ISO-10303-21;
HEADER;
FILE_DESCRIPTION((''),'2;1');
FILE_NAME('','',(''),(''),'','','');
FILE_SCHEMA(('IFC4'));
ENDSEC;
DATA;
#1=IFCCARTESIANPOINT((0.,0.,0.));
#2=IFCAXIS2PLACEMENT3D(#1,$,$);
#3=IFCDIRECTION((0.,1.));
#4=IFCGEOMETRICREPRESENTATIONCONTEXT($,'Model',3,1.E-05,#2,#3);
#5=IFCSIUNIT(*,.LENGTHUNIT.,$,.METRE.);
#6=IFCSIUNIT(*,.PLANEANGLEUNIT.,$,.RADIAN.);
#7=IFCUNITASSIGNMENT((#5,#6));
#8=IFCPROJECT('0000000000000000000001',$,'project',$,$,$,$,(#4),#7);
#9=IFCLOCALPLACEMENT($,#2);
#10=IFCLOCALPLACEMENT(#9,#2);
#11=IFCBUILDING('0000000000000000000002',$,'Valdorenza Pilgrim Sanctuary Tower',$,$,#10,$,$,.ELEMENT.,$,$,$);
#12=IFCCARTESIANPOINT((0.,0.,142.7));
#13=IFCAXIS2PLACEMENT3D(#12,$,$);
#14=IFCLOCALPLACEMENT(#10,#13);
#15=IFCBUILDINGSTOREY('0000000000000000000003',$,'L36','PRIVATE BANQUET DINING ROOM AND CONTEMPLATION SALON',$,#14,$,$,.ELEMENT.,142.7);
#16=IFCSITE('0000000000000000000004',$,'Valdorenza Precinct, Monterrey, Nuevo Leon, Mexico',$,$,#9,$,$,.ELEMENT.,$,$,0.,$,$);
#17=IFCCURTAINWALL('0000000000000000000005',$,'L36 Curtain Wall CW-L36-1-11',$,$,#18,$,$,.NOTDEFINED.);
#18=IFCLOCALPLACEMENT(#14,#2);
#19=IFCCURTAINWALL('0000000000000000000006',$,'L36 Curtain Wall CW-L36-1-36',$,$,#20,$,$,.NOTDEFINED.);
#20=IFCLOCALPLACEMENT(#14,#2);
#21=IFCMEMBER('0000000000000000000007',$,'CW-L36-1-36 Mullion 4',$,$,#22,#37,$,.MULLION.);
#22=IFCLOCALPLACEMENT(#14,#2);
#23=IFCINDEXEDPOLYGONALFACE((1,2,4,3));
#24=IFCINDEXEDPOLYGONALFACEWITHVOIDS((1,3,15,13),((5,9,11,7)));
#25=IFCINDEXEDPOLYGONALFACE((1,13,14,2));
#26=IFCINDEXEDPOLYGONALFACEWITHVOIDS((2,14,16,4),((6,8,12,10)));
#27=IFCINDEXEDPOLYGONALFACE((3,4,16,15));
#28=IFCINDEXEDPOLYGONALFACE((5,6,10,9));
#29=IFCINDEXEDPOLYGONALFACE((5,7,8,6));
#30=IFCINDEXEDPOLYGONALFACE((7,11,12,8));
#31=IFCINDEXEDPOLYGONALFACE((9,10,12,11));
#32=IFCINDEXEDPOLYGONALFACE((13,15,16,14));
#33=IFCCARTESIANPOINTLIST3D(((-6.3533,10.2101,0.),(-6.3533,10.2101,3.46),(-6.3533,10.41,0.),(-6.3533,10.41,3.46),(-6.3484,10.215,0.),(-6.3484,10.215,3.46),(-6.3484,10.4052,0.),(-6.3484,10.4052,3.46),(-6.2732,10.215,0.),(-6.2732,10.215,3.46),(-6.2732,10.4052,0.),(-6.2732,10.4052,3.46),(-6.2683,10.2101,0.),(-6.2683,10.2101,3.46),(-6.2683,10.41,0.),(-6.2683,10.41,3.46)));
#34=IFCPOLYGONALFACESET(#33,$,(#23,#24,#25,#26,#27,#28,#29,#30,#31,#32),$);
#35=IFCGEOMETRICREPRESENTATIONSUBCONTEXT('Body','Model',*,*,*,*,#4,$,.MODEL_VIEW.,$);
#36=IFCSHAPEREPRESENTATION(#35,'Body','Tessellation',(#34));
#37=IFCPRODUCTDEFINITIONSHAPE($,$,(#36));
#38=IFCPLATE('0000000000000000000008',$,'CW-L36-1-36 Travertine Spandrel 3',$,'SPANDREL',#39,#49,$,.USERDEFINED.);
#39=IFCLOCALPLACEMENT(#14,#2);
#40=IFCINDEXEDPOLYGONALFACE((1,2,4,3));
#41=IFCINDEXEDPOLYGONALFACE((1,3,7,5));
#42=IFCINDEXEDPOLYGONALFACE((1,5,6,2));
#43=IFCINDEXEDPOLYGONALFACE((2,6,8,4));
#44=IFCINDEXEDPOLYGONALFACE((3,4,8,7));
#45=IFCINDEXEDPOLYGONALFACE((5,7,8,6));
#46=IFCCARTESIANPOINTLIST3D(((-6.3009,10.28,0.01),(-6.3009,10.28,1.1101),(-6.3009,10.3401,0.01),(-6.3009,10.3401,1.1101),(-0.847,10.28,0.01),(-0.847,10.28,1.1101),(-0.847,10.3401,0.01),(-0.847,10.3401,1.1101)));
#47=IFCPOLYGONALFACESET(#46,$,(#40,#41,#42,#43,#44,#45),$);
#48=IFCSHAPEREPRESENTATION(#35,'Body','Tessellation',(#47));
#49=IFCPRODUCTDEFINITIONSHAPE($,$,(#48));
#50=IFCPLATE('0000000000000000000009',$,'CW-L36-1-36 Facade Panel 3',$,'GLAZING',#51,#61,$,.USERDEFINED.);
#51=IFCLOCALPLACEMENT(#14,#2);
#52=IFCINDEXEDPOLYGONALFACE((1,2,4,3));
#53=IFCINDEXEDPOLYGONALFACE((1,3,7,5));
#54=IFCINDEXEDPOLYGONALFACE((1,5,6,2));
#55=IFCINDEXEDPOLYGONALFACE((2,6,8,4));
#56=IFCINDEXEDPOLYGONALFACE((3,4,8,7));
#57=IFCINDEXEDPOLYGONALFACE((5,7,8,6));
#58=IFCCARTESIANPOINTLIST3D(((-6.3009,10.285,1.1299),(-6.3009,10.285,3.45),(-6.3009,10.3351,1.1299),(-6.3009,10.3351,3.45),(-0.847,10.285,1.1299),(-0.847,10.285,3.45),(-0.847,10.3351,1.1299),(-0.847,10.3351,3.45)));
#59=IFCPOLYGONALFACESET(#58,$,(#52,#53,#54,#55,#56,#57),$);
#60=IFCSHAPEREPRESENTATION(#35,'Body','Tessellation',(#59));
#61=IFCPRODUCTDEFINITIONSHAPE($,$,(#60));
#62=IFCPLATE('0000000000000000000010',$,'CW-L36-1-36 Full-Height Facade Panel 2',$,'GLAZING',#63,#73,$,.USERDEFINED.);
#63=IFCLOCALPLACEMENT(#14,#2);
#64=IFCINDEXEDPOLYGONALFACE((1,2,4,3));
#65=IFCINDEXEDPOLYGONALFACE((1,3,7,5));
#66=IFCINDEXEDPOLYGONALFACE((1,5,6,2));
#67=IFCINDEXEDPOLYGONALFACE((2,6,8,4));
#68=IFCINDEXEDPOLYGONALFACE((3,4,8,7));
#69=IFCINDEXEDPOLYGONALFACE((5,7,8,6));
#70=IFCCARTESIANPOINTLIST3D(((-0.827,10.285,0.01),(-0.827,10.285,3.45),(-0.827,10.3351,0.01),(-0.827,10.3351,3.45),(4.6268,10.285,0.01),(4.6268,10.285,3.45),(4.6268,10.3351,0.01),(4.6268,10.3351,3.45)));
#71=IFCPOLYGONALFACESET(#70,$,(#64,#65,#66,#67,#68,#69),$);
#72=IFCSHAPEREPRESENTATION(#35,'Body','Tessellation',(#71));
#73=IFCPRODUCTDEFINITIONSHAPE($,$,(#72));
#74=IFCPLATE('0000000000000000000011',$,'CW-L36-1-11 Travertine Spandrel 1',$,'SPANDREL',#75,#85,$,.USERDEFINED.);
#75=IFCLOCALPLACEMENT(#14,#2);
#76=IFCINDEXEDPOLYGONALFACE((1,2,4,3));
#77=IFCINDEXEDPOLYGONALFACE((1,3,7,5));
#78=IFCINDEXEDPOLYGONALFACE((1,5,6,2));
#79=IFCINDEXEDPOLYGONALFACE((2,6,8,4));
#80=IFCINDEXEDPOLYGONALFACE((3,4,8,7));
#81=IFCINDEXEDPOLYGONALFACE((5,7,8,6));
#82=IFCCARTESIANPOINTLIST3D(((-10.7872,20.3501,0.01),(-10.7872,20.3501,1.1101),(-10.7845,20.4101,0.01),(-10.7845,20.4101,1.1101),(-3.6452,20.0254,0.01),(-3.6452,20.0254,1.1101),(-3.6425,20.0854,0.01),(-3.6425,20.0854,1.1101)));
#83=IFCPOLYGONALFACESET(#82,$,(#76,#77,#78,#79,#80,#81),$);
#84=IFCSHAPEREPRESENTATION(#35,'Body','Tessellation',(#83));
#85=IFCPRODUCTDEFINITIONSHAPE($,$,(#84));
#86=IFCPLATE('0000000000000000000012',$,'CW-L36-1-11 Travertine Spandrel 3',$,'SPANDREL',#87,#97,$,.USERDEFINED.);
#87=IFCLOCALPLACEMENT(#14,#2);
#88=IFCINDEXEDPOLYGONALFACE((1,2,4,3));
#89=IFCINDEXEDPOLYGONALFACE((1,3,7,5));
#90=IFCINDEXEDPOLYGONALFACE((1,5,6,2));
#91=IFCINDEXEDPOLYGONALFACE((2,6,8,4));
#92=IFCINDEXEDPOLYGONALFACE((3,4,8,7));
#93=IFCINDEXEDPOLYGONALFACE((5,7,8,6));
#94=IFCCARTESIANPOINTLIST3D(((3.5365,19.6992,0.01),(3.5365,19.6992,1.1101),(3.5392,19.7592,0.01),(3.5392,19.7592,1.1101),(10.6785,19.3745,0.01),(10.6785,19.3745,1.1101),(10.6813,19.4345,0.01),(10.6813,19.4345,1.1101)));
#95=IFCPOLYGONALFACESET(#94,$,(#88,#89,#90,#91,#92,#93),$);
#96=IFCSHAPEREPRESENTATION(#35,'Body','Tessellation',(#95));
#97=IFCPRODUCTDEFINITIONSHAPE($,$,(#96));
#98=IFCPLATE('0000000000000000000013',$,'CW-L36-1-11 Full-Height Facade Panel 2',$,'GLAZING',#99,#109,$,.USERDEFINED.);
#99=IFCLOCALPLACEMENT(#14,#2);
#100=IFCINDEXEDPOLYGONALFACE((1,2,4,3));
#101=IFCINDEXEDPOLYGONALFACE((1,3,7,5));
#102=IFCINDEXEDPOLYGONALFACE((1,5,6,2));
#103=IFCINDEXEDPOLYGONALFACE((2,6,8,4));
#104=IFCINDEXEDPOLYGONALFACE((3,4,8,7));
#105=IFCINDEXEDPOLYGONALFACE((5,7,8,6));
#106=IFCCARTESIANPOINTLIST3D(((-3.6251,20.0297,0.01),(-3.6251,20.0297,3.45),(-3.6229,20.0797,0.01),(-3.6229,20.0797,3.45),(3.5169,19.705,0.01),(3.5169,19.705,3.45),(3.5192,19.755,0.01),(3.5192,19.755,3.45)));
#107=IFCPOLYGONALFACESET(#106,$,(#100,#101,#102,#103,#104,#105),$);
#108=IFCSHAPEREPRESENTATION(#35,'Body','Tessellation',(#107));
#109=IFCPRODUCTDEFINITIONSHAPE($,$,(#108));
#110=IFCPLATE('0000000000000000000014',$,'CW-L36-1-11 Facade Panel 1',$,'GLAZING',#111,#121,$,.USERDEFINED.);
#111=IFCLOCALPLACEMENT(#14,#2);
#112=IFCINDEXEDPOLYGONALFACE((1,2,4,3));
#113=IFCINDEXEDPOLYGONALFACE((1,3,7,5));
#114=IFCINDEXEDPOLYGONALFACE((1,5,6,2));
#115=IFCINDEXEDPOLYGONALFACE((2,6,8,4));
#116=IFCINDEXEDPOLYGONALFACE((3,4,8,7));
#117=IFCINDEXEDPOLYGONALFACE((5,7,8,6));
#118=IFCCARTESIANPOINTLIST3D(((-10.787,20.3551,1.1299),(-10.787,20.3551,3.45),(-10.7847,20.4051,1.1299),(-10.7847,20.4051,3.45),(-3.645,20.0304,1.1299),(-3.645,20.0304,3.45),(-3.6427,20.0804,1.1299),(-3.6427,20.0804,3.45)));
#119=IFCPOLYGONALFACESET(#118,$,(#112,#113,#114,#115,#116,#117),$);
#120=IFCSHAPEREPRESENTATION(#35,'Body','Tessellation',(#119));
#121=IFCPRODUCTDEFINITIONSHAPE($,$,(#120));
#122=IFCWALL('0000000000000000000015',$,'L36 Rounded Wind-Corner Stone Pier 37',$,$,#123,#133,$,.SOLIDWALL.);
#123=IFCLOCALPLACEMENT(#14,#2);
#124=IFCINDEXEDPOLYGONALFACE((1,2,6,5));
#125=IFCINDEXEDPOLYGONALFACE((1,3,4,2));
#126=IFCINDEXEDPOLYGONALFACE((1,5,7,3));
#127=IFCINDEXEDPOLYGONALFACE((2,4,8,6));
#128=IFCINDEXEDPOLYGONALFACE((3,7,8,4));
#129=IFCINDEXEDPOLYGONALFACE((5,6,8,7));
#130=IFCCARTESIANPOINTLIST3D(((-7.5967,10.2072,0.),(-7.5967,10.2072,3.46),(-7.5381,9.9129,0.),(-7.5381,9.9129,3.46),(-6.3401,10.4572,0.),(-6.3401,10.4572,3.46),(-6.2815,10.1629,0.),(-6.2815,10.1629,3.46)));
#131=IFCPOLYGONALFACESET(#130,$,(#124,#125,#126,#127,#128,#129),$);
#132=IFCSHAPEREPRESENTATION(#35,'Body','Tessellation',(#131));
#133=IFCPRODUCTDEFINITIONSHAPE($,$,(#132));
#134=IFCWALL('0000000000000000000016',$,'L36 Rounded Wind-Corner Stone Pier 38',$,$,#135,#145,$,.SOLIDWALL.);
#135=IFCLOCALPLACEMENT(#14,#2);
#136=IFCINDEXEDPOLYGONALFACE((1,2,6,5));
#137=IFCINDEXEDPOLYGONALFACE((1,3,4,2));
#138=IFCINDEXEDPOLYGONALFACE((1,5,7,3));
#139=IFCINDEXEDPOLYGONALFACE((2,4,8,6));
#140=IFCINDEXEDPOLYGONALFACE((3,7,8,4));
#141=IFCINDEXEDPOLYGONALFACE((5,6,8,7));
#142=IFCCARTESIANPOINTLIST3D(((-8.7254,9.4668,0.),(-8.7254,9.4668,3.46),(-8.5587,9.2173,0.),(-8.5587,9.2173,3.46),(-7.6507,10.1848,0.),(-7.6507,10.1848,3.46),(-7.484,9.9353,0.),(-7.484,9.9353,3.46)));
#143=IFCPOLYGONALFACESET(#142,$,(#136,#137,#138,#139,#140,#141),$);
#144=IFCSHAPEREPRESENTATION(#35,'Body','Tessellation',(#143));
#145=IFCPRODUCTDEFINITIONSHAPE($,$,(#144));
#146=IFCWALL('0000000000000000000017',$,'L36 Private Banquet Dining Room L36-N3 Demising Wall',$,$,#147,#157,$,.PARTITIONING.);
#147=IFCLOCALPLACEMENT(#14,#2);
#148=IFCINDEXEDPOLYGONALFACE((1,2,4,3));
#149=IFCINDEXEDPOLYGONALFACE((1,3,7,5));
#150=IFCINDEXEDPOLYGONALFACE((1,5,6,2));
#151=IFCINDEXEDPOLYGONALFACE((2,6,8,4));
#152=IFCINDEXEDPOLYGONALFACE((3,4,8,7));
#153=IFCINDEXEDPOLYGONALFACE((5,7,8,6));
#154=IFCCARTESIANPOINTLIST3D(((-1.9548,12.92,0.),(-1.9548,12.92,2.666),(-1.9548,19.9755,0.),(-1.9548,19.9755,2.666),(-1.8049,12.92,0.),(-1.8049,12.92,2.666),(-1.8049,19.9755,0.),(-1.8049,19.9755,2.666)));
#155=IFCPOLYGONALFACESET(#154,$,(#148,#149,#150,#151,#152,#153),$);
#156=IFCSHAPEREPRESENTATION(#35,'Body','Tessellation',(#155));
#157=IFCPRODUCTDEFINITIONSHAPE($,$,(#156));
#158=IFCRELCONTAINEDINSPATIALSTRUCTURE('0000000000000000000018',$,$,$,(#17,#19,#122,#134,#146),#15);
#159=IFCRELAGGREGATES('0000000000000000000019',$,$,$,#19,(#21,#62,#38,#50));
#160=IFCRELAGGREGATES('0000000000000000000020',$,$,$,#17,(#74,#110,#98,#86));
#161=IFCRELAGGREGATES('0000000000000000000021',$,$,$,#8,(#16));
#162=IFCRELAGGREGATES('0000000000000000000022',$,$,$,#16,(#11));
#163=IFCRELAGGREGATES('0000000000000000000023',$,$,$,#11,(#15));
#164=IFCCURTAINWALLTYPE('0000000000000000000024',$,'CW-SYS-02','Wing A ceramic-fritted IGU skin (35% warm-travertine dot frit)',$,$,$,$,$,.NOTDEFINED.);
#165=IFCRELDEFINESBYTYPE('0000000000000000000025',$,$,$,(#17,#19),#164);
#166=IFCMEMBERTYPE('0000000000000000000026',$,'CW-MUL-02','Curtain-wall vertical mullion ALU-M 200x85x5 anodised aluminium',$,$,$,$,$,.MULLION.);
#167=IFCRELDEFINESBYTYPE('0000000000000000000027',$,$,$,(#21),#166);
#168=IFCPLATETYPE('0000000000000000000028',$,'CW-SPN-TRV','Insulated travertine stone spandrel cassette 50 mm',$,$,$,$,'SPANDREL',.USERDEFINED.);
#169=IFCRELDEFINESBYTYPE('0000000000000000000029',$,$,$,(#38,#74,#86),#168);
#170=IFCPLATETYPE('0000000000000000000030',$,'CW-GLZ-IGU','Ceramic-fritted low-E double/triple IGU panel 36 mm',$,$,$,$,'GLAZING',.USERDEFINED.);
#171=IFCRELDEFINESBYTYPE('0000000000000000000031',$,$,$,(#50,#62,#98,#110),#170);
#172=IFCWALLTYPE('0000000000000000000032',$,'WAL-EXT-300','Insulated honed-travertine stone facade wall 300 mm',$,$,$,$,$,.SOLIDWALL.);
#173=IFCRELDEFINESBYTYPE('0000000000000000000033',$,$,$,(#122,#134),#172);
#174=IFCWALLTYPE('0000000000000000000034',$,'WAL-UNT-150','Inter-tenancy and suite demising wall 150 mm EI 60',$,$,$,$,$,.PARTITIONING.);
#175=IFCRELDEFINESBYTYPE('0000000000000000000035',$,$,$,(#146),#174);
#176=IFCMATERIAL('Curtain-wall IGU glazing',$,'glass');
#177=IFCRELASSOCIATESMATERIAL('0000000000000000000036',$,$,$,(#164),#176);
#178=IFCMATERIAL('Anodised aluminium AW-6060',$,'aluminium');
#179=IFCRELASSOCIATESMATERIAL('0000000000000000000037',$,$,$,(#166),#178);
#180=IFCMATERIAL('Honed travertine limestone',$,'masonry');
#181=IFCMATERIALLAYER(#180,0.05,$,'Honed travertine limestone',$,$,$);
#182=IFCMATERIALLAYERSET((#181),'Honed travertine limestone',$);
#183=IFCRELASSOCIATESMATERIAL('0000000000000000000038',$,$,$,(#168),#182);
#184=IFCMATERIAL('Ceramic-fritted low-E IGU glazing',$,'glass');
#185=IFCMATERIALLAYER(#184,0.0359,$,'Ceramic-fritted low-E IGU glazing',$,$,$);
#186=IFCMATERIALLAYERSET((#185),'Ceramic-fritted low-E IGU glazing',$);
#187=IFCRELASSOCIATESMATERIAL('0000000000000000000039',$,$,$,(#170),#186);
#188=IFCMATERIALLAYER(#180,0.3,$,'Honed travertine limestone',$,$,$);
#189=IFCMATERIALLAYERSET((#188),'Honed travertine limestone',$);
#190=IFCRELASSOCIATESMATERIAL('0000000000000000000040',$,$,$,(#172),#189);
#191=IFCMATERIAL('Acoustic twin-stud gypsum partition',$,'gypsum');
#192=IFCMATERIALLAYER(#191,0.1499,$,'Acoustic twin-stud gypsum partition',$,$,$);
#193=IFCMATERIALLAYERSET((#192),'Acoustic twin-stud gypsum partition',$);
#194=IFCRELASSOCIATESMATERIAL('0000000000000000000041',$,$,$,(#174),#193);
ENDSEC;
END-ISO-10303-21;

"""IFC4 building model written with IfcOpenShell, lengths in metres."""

from ifc_helpers import new_model, si_unit, direction, frame, frame_2d, origin, origin_2d, place, context, subcontext, project, spatial, rectangle, hollow_rectangle, extrude, source, transform, mapped, material, layer, layer_set, material_profile, profile_set, type_object, element, aggregate, save


model = new_model("IFC4")

# Units and contexts
model_context = context("Model", 3, precision=1e-05, world=origin(), true_north=direction((0.0, 1.0)))
body_context = subcontext(model_context, "Body", "Model", "MODEL_VIEW")
ifc_project = project(units=[si_unit("LENGTHUNIT", "METRE"), si_unit("PLANEANGLEUNIT", "RADIAN")], contexts=[model_context])

# Site, building, storey
site_placement = place(None, origin())
site = spatial("IfcSite", under=ifc_project, at=site_placement, Name="Valdorenza Precinct, Monterrey, Nuevo Leon, Mexico", CompositionType="ELEMENT", RefElevation=0.0)
building_placement = place(site_placement, origin())
building = spatial("IfcBuilding", under=site, at=building_placement, Name="Valdorenza Pilgrim Sanctuary Tower", CompositionType="ELEMENT")
storey_placement = place(building_placement, frame((0.0, 0.0, 142.7)))
storey = spatial("IfcBuildingStorey", under=building, at=storey_placement, Name="L36", Description="PRIVATE BANQUET DINING ROOM AND CONTEMPLATION SALON", CompositionType="ELEMENT", Elevation=142.7)

# Curtain wall
ifc_material_1 = material(Name="Curtain-wall IGU glazing", Category="glass")
curtain_wall_type = type_object("IfcCurtainWallType", Name="CW-SYS-02", Description="Wing A ceramic-fritted IGU skin (35% warm-travertine dot frit)", PredefinedType="NOTDEFINED", material=ifc_material_1)
curtain_wall_1_placement = place(storey_placement, origin())
curtain_wall_1 = element("IfcCurtainWall", 1, at=curtain_wall_1_placement, inside=storey, type_object=curtain_wall_type, Name="L36 Curtain Wall CW-L36-1-11", PredefinedType="NOTDEFINED")
ifc_material_2 = material(Name="Anodised aluminium AW-6060", Category="aluminium")
ifc_material_profile_1 = material_profile(ifc_material_2, hollow_rectangle(XDim=0.085, YDim=0.2, WallThickness=0.0049, at=origin_2d()), Name="ALU-M 200x85x5")
ifc_profile_set_1 = profile_set([ifc_material_profile_1], Name="Anodised aluminium AW-6060")
member_type = type_object("IfcMemberType", Name="CW-MUL-02", Description="Curtain-wall vertical mullion ALU-M 200x85x5 anodised aluminium", PredefinedType="MULLION", material=ifc_profile_set_1)
shared_shape_1 = source(origin(), body_context, "Body", "SweptSolid", [
    extrude(hollow_rectangle(XDim=0.085, YDim=0.2, WallThickness=0.0049, at=origin_2d()), origin(), (0.0, 0.0, 1.0), 3.46),
])

# Curtain wall, member, plates
curtain_wall_2_placement = place(storey_placement, origin())
curtain_wall_2 = element("IfcCurtainWall", 2, at=curtain_wall_2_placement, inside=storey, type_object=curtain_wall_type, Name="L36 Curtain Wall CW-L36-1-36", PredefinedType="NOTDEFINED")
member_1_placement = place(storey_placement, frame((-6.3108, 10.3101, 0.0), z_axis=(0.0, 0.0, 1.0), x_axis=(-1.0, 0.0, 0.0)))
member_1 = element("IfcMember", 3, at=member_1_placement, type_object=member_type, Name="CW-L36-1-36 Mullion 4", PredefinedType="MULLION", context=body_context, shape_type="MappedRepresentation", body=[
    mapped(shared_shape_1, transform((0.0, 0.0, 0.0), x_axis=(1.0, 0.0, 0.0), y_axis=(0.0, 1.0, 0.0), z_axis=(0.0, 0.0, 1.0), scale=1.0)),
])
ifc_material_3 = material(Name="Honed travertine limestone", Category="masonry")
ifc_layer_1 = layer(ifc_material_3, 0.05, Name="Honed travertine limestone")
ifc_layer_set_1 = layer_set([ifc_layer_1], Name="Honed travertine limestone")
plate_type_1 = type_object("IfcPlateType", Name="CW-SPN-TRV", Description="Insulated travertine stone spandrel cassette 50 mm", ElementType="SPANDREL", PredefinedType="USERDEFINED", material=ifc_layer_set_1)
shared_shape_2 = source(origin(), body_context, "Body", "SweptSolid", [
    extrude(rectangle(XDim=5.4539, YDim=0.0601, at=origin_2d()), origin(), (0.0, 0.0, 1.0), 1.1001),
])
plate_1_placement = place(storey_placement, frame((-3.574, 10.3101, 0.01), z_axis=(0.0, 0.0, 1.0), x_axis=(-1.0, 0.0, 0.0)))
plate_1 = element("IfcPlate", 4, at=plate_1_placement, type_object=plate_type_1, Name="CW-L36-1-36 Travertine Spandrel 3", ObjectType="SPANDREL", PredefinedType="USERDEFINED", context=body_context, shape_type="MappedRepresentation", body=[
    mapped(shared_shape_2, transform((0.0, 0.0, 0.0), x_axis=(1.0, 0.0, 0.0), y_axis=(0.0, 1.0, 0.0), z_axis=(0.0, 0.0, 1.0), scale=1.0)),
])
ifc_material_4 = material(Name="Ceramic-fritted low-E IGU glazing", Category="glass")
ifc_layer_2 = layer(ifc_material_4, 0.0359, Name="Ceramic-fritted low-E IGU glazing")
ifc_layer_set_2 = layer_set([ifc_layer_2], Name="Ceramic-fritted low-E IGU glazing")
plate_type_2 = type_object("IfcPlateType", Name="CW-GLZ-IGU", Description="Ceramic-fritted low-E double/triple IGU panel 36 mm", ElementType="GLAZING", PredefinedType="USERDEFINED", material=ifc_layer_set_2)
shared_shape_3 = source(origin(), body_context, "Body", "SweptSolid", [
    extrude(rectangle(XDim=5.4539, YDim=0.05, at=origin_2d()), origin(), (0.0, 0.0, 1.0), 2.3201),
])
plate_2_placement = place(storey_placement, frame((-3.574, 10.3101, 1.1299), z_axis=(0.0, 0.0, 1.0), x_axis=(-1.0, 0.0, 0.0)))
plate_2 = element("IfcPlate", 5, at=plate_2_placement, type_object=plate_type_2, Name="CW-L36-1-36 Facade Panel 3", ObjectType="GLAZING", PredefinedType="USERDEFINED", context=body_context, shape_type="MappedRepresentation", body=[
    mapped(shared_shape_3, transform((0.0, 0.0, 0.0), x_axis=(1.0, 0.0, 0.0), y_axis=(0.0, 1.0, 0.0), z_axis=(0.0, 0.0, 1.0), scale=1.0)),
])
shared_shape_4 = source(origin(), body_context, "Body", "SweptSolid", [
    extrude(rectangle(XDim=5.4539, YDim=0.05, at=origin_2d()), origin(), (0.0, 0.0, 1.0), 3.4399),
])
plate_3_placement = place(storey_placement, frame((1.8999, 10.3101, 0.01), z_axis=(0.0, 0.0, 1.0), x_axis=(-1.0, 0.0, 0.0)))
plate_3 = element("IfcPlate", 6, at=plate_3_placement, type_object=plate_type_2, Name="CW-L36-1-36 Full-Height Facade Panel 2", ObjectType="GLAZING", PredefinedType="USERDEFINED", context=body_context, shape_type="MappedRepresentation", body=[
    mapped(shared_shape_4, transform((0.0, 0.0, 0.0), x_axis=(1.0, 0.0, 0.0), y_axis=(0.0, 1.0, 0.0), z_axis=(0.0, 0.0, 1.0), scale=1.0)),
])
aggregate(curtain_wall_2, [member_1, plate_3, plate_1, plate_2])

# Plates
shared_shape_5 = source(origin(), body_context, "Body", "SweptSolid", [
    extrude(rectangle(XDim=7.1494, YDim=0.0601, at=origin_2d()), origin(), (0.0, 0.0, 1.0), 1.1001),
])
plate_4_placement = place(storey_placement, frame((-7.2148, 20.2178, 0.01), z_axis=(0.0, 0.0, 1.0), x_axis=(0.998968, -0.045415, 0.0)))
plate_4 = element("IfcPlate", 7, at=plate_4_placement, type_object=plate_type_1, Name="CW-L36-1-11 Travertine Spandrel 1", ObjectType="SPANDREL", PredefinedType="USERDEFINED", context=body_context, shape_type="MappedRepresentation", body=[
    mapped(shared_shape_5, transform((0.0, 0.0, 0.0), x_axis=(1.0, 0.0, 0.0), y_axis=(0.0, 1.0, 0.0), z_axis=(0.0, 0.0, 1.0), scale=1.0)),
])
plate_5_placement = place(storey_placement, frame((7.1089, 19.5669, 0.01), z_axis=(0.0, 0.0, 1.0), x_axis=(0.998968, -0.045415, 0.0)))
plate_5 = element("IfcPlate", 8, at=plate_5_placement, type_object=plate_type_1, Name="CW-L36-1-11 Travertine Spandrel 3", ObjectType="SPANDREL", PredefinedType="USERDEFINED", context=body_context, shape_type="MappedRepresentation", body=[
    mapped(shared_shape_5, transform((0.0, 0.0, 0.0), x_axis=(1.0, 0.0, 0.0), y_axis=(0.0, 1.0, 0.0), z_axis=(0.0, 0.0, 1.0), scale=1.0)),
])
shared_shape_6 = source(origin(), body_context, "Body", "SweptSolid", [
    extrude(rectangle(XDim=7.1494, YDim=0.05, at=origin_2d()), origin(), (0.0, 0.0, 1.0), 3.4399),
])
plate_6_placement = place(storey_placement, frame((-0.053, 19.8923, 0.01), z_axis=(0.0, 0.0, 1.0), x_axis=(0.998968, -0.045415, 0.0)))
plate_6 = element("IfcPlate", 9, at=plate_6_placement, type_object=plate_type_2, Name="CW-L36-1-11 Full-Height Facade Panel 2", ObjectType="GLAZING", PredefinedType="USERDEFINED", context=body_context, shape_type="MappedRepresentation", body=[
    mapped(shared_shape_6, transform((0.0, 0.0, 0.0), x_axis=(1.0, 0.0, 0.0), y_axis=(0.0, 1.0, 0.0), z_axis=(0.0, 0.0, 1.0), scale=1.0)),
])
shared_shape_7 = source(origin(), body_context, "Body", "SweptSolid", [
    extrude(rectangle(XDim=7.1494, YDim=0.05, at=origin_2d()), origin(), (0.0, 0.0, 1.0), 2.3201),
])
plate_7_placement = place(storey_placement, frame((-7.2148, 20.2178, 1.1299), z_axis=(0.0, 0.0, 1.0), x_axis=(0.998968, -0.045415, 0.0)))
plate_7 = element("IfcPlate", 10, at=plate_7_placement, type_object=plate_type_2, Name="CW-L36-1-11 Facade Panel 1", ObjectType="GLAZING", PredefinedType="USERDEFINED", context=body_context, shape_type="MappedRepresentation", body=[
    mapped(shared_shape_7, transform((0.0, 0.0, 0.0), x_axis=(1.0, 0.0, 0.0), y_axis=(0.0, 1.0, 0.0), z_axis=(0.0, 0.0, 1.0), scale=1.0)),
])
aggregate(curtain_wall_1, [plate_4, plate_7, plate_6, plate_5])

# Walls
ifc_layer_3 = layer(ifc_material_3, 0.3, Name="Honed travertine limestone")
ifc_layer_set_3 = layer_set([ifc_layer_3], Name="Honed travertine limestone")
wall_type_1 = type_object("IfcWallType", Name="WAL-EXT-300", Description="Insulated honed-travertine stone facade wall 300 mm", PredefinedType="SOLIDWALL", material=ifc_layer_set_3)
wall_1_placement = place(storey_placement, frame((-6.3108, 10.3101, 0.0), z_axis=(0.0, 0.0, 1.0), x_axis=(-0.980778, -0.195127, 0.0)))
element("IfcWall", 11, at=wall_1_placement, inside=storey, type_object=wall_type_1, Name="L36 Rounded Wind-Corner Stone Pier 37", PredefinedType="SOLIDWALL", context=body_context, shape_type="SweptSolid", body=[
    extrude(rectangle(XDim=1.2812, YDim=0.3, at=frame_2d((0.6406, 0.0))), origin(), (0.0, 0.0, 1.0), 3.46),
])
wall_2_placement = place(storey_placement, frame((-7.5674, 10.0601, 0.0), z_axis=(0.0, 0.0, 1.0), x_axis=(-0.831498, -0.555528, 0.0)))
element("IfcWall", 12, at=wall_2_placement, inside=storey, type_object=wall_type_1, Name="L36 Rounded Wind-Corner Stone Pier 38", PredefinedType="SOLIDWALL", context=body_context, shape_type="SweptSolid", body=[
    extrude(rectangle(XDim=1.2925, YDim=0.3, at=frame_2d((0.6462, 0.0))), origin(), (0.0, 0.0, 1.0), 3.46),
])
ifc_material_5 = material(Name="Acoustic twin-stud gypsum partition", Category="gypsum")
ifc_layer_4 = layer(ifc_material_5, 0.1499, Name="Acoustic twin-stud gypsum partition")
ifc_layer_set_4 = layer_set([ifc_layer_4], Name="Acoustic twin-stud gypsum partition")
wall_type_2 = type_object("IfcWallType", Name="WAL-UNT-150", Description="Inter-tenancy and suite demising wall 150 mm EI 60", PredefinedType="PARTITIONING", material=ifc_layer_set_4)
wall_3_placement = place(storey_placement, frame((-1.8799, 12.9199, 0.0), z_axis=(0.0, 0.0, 1.0), x_axis=(0.0, 1.0, 0.0)))
element("IfcWall", 13, at=wall_3_placement, inside=storey, type_object=wall_type_2, Name="L36 Private Banquet Dining Room L36-N3 Demising Wall", PredefinedType="PARTITIONING", context=body_context, shape_type="SweptSolid", body=[
    extrude(rectangle(XDim=7.0554, YDim=0.1499, at=frame_2d((3.5278, 0.0))), origin(), (0.0, 0.0, 1.0), 2.666),
])

save(model, "model.ifc")
